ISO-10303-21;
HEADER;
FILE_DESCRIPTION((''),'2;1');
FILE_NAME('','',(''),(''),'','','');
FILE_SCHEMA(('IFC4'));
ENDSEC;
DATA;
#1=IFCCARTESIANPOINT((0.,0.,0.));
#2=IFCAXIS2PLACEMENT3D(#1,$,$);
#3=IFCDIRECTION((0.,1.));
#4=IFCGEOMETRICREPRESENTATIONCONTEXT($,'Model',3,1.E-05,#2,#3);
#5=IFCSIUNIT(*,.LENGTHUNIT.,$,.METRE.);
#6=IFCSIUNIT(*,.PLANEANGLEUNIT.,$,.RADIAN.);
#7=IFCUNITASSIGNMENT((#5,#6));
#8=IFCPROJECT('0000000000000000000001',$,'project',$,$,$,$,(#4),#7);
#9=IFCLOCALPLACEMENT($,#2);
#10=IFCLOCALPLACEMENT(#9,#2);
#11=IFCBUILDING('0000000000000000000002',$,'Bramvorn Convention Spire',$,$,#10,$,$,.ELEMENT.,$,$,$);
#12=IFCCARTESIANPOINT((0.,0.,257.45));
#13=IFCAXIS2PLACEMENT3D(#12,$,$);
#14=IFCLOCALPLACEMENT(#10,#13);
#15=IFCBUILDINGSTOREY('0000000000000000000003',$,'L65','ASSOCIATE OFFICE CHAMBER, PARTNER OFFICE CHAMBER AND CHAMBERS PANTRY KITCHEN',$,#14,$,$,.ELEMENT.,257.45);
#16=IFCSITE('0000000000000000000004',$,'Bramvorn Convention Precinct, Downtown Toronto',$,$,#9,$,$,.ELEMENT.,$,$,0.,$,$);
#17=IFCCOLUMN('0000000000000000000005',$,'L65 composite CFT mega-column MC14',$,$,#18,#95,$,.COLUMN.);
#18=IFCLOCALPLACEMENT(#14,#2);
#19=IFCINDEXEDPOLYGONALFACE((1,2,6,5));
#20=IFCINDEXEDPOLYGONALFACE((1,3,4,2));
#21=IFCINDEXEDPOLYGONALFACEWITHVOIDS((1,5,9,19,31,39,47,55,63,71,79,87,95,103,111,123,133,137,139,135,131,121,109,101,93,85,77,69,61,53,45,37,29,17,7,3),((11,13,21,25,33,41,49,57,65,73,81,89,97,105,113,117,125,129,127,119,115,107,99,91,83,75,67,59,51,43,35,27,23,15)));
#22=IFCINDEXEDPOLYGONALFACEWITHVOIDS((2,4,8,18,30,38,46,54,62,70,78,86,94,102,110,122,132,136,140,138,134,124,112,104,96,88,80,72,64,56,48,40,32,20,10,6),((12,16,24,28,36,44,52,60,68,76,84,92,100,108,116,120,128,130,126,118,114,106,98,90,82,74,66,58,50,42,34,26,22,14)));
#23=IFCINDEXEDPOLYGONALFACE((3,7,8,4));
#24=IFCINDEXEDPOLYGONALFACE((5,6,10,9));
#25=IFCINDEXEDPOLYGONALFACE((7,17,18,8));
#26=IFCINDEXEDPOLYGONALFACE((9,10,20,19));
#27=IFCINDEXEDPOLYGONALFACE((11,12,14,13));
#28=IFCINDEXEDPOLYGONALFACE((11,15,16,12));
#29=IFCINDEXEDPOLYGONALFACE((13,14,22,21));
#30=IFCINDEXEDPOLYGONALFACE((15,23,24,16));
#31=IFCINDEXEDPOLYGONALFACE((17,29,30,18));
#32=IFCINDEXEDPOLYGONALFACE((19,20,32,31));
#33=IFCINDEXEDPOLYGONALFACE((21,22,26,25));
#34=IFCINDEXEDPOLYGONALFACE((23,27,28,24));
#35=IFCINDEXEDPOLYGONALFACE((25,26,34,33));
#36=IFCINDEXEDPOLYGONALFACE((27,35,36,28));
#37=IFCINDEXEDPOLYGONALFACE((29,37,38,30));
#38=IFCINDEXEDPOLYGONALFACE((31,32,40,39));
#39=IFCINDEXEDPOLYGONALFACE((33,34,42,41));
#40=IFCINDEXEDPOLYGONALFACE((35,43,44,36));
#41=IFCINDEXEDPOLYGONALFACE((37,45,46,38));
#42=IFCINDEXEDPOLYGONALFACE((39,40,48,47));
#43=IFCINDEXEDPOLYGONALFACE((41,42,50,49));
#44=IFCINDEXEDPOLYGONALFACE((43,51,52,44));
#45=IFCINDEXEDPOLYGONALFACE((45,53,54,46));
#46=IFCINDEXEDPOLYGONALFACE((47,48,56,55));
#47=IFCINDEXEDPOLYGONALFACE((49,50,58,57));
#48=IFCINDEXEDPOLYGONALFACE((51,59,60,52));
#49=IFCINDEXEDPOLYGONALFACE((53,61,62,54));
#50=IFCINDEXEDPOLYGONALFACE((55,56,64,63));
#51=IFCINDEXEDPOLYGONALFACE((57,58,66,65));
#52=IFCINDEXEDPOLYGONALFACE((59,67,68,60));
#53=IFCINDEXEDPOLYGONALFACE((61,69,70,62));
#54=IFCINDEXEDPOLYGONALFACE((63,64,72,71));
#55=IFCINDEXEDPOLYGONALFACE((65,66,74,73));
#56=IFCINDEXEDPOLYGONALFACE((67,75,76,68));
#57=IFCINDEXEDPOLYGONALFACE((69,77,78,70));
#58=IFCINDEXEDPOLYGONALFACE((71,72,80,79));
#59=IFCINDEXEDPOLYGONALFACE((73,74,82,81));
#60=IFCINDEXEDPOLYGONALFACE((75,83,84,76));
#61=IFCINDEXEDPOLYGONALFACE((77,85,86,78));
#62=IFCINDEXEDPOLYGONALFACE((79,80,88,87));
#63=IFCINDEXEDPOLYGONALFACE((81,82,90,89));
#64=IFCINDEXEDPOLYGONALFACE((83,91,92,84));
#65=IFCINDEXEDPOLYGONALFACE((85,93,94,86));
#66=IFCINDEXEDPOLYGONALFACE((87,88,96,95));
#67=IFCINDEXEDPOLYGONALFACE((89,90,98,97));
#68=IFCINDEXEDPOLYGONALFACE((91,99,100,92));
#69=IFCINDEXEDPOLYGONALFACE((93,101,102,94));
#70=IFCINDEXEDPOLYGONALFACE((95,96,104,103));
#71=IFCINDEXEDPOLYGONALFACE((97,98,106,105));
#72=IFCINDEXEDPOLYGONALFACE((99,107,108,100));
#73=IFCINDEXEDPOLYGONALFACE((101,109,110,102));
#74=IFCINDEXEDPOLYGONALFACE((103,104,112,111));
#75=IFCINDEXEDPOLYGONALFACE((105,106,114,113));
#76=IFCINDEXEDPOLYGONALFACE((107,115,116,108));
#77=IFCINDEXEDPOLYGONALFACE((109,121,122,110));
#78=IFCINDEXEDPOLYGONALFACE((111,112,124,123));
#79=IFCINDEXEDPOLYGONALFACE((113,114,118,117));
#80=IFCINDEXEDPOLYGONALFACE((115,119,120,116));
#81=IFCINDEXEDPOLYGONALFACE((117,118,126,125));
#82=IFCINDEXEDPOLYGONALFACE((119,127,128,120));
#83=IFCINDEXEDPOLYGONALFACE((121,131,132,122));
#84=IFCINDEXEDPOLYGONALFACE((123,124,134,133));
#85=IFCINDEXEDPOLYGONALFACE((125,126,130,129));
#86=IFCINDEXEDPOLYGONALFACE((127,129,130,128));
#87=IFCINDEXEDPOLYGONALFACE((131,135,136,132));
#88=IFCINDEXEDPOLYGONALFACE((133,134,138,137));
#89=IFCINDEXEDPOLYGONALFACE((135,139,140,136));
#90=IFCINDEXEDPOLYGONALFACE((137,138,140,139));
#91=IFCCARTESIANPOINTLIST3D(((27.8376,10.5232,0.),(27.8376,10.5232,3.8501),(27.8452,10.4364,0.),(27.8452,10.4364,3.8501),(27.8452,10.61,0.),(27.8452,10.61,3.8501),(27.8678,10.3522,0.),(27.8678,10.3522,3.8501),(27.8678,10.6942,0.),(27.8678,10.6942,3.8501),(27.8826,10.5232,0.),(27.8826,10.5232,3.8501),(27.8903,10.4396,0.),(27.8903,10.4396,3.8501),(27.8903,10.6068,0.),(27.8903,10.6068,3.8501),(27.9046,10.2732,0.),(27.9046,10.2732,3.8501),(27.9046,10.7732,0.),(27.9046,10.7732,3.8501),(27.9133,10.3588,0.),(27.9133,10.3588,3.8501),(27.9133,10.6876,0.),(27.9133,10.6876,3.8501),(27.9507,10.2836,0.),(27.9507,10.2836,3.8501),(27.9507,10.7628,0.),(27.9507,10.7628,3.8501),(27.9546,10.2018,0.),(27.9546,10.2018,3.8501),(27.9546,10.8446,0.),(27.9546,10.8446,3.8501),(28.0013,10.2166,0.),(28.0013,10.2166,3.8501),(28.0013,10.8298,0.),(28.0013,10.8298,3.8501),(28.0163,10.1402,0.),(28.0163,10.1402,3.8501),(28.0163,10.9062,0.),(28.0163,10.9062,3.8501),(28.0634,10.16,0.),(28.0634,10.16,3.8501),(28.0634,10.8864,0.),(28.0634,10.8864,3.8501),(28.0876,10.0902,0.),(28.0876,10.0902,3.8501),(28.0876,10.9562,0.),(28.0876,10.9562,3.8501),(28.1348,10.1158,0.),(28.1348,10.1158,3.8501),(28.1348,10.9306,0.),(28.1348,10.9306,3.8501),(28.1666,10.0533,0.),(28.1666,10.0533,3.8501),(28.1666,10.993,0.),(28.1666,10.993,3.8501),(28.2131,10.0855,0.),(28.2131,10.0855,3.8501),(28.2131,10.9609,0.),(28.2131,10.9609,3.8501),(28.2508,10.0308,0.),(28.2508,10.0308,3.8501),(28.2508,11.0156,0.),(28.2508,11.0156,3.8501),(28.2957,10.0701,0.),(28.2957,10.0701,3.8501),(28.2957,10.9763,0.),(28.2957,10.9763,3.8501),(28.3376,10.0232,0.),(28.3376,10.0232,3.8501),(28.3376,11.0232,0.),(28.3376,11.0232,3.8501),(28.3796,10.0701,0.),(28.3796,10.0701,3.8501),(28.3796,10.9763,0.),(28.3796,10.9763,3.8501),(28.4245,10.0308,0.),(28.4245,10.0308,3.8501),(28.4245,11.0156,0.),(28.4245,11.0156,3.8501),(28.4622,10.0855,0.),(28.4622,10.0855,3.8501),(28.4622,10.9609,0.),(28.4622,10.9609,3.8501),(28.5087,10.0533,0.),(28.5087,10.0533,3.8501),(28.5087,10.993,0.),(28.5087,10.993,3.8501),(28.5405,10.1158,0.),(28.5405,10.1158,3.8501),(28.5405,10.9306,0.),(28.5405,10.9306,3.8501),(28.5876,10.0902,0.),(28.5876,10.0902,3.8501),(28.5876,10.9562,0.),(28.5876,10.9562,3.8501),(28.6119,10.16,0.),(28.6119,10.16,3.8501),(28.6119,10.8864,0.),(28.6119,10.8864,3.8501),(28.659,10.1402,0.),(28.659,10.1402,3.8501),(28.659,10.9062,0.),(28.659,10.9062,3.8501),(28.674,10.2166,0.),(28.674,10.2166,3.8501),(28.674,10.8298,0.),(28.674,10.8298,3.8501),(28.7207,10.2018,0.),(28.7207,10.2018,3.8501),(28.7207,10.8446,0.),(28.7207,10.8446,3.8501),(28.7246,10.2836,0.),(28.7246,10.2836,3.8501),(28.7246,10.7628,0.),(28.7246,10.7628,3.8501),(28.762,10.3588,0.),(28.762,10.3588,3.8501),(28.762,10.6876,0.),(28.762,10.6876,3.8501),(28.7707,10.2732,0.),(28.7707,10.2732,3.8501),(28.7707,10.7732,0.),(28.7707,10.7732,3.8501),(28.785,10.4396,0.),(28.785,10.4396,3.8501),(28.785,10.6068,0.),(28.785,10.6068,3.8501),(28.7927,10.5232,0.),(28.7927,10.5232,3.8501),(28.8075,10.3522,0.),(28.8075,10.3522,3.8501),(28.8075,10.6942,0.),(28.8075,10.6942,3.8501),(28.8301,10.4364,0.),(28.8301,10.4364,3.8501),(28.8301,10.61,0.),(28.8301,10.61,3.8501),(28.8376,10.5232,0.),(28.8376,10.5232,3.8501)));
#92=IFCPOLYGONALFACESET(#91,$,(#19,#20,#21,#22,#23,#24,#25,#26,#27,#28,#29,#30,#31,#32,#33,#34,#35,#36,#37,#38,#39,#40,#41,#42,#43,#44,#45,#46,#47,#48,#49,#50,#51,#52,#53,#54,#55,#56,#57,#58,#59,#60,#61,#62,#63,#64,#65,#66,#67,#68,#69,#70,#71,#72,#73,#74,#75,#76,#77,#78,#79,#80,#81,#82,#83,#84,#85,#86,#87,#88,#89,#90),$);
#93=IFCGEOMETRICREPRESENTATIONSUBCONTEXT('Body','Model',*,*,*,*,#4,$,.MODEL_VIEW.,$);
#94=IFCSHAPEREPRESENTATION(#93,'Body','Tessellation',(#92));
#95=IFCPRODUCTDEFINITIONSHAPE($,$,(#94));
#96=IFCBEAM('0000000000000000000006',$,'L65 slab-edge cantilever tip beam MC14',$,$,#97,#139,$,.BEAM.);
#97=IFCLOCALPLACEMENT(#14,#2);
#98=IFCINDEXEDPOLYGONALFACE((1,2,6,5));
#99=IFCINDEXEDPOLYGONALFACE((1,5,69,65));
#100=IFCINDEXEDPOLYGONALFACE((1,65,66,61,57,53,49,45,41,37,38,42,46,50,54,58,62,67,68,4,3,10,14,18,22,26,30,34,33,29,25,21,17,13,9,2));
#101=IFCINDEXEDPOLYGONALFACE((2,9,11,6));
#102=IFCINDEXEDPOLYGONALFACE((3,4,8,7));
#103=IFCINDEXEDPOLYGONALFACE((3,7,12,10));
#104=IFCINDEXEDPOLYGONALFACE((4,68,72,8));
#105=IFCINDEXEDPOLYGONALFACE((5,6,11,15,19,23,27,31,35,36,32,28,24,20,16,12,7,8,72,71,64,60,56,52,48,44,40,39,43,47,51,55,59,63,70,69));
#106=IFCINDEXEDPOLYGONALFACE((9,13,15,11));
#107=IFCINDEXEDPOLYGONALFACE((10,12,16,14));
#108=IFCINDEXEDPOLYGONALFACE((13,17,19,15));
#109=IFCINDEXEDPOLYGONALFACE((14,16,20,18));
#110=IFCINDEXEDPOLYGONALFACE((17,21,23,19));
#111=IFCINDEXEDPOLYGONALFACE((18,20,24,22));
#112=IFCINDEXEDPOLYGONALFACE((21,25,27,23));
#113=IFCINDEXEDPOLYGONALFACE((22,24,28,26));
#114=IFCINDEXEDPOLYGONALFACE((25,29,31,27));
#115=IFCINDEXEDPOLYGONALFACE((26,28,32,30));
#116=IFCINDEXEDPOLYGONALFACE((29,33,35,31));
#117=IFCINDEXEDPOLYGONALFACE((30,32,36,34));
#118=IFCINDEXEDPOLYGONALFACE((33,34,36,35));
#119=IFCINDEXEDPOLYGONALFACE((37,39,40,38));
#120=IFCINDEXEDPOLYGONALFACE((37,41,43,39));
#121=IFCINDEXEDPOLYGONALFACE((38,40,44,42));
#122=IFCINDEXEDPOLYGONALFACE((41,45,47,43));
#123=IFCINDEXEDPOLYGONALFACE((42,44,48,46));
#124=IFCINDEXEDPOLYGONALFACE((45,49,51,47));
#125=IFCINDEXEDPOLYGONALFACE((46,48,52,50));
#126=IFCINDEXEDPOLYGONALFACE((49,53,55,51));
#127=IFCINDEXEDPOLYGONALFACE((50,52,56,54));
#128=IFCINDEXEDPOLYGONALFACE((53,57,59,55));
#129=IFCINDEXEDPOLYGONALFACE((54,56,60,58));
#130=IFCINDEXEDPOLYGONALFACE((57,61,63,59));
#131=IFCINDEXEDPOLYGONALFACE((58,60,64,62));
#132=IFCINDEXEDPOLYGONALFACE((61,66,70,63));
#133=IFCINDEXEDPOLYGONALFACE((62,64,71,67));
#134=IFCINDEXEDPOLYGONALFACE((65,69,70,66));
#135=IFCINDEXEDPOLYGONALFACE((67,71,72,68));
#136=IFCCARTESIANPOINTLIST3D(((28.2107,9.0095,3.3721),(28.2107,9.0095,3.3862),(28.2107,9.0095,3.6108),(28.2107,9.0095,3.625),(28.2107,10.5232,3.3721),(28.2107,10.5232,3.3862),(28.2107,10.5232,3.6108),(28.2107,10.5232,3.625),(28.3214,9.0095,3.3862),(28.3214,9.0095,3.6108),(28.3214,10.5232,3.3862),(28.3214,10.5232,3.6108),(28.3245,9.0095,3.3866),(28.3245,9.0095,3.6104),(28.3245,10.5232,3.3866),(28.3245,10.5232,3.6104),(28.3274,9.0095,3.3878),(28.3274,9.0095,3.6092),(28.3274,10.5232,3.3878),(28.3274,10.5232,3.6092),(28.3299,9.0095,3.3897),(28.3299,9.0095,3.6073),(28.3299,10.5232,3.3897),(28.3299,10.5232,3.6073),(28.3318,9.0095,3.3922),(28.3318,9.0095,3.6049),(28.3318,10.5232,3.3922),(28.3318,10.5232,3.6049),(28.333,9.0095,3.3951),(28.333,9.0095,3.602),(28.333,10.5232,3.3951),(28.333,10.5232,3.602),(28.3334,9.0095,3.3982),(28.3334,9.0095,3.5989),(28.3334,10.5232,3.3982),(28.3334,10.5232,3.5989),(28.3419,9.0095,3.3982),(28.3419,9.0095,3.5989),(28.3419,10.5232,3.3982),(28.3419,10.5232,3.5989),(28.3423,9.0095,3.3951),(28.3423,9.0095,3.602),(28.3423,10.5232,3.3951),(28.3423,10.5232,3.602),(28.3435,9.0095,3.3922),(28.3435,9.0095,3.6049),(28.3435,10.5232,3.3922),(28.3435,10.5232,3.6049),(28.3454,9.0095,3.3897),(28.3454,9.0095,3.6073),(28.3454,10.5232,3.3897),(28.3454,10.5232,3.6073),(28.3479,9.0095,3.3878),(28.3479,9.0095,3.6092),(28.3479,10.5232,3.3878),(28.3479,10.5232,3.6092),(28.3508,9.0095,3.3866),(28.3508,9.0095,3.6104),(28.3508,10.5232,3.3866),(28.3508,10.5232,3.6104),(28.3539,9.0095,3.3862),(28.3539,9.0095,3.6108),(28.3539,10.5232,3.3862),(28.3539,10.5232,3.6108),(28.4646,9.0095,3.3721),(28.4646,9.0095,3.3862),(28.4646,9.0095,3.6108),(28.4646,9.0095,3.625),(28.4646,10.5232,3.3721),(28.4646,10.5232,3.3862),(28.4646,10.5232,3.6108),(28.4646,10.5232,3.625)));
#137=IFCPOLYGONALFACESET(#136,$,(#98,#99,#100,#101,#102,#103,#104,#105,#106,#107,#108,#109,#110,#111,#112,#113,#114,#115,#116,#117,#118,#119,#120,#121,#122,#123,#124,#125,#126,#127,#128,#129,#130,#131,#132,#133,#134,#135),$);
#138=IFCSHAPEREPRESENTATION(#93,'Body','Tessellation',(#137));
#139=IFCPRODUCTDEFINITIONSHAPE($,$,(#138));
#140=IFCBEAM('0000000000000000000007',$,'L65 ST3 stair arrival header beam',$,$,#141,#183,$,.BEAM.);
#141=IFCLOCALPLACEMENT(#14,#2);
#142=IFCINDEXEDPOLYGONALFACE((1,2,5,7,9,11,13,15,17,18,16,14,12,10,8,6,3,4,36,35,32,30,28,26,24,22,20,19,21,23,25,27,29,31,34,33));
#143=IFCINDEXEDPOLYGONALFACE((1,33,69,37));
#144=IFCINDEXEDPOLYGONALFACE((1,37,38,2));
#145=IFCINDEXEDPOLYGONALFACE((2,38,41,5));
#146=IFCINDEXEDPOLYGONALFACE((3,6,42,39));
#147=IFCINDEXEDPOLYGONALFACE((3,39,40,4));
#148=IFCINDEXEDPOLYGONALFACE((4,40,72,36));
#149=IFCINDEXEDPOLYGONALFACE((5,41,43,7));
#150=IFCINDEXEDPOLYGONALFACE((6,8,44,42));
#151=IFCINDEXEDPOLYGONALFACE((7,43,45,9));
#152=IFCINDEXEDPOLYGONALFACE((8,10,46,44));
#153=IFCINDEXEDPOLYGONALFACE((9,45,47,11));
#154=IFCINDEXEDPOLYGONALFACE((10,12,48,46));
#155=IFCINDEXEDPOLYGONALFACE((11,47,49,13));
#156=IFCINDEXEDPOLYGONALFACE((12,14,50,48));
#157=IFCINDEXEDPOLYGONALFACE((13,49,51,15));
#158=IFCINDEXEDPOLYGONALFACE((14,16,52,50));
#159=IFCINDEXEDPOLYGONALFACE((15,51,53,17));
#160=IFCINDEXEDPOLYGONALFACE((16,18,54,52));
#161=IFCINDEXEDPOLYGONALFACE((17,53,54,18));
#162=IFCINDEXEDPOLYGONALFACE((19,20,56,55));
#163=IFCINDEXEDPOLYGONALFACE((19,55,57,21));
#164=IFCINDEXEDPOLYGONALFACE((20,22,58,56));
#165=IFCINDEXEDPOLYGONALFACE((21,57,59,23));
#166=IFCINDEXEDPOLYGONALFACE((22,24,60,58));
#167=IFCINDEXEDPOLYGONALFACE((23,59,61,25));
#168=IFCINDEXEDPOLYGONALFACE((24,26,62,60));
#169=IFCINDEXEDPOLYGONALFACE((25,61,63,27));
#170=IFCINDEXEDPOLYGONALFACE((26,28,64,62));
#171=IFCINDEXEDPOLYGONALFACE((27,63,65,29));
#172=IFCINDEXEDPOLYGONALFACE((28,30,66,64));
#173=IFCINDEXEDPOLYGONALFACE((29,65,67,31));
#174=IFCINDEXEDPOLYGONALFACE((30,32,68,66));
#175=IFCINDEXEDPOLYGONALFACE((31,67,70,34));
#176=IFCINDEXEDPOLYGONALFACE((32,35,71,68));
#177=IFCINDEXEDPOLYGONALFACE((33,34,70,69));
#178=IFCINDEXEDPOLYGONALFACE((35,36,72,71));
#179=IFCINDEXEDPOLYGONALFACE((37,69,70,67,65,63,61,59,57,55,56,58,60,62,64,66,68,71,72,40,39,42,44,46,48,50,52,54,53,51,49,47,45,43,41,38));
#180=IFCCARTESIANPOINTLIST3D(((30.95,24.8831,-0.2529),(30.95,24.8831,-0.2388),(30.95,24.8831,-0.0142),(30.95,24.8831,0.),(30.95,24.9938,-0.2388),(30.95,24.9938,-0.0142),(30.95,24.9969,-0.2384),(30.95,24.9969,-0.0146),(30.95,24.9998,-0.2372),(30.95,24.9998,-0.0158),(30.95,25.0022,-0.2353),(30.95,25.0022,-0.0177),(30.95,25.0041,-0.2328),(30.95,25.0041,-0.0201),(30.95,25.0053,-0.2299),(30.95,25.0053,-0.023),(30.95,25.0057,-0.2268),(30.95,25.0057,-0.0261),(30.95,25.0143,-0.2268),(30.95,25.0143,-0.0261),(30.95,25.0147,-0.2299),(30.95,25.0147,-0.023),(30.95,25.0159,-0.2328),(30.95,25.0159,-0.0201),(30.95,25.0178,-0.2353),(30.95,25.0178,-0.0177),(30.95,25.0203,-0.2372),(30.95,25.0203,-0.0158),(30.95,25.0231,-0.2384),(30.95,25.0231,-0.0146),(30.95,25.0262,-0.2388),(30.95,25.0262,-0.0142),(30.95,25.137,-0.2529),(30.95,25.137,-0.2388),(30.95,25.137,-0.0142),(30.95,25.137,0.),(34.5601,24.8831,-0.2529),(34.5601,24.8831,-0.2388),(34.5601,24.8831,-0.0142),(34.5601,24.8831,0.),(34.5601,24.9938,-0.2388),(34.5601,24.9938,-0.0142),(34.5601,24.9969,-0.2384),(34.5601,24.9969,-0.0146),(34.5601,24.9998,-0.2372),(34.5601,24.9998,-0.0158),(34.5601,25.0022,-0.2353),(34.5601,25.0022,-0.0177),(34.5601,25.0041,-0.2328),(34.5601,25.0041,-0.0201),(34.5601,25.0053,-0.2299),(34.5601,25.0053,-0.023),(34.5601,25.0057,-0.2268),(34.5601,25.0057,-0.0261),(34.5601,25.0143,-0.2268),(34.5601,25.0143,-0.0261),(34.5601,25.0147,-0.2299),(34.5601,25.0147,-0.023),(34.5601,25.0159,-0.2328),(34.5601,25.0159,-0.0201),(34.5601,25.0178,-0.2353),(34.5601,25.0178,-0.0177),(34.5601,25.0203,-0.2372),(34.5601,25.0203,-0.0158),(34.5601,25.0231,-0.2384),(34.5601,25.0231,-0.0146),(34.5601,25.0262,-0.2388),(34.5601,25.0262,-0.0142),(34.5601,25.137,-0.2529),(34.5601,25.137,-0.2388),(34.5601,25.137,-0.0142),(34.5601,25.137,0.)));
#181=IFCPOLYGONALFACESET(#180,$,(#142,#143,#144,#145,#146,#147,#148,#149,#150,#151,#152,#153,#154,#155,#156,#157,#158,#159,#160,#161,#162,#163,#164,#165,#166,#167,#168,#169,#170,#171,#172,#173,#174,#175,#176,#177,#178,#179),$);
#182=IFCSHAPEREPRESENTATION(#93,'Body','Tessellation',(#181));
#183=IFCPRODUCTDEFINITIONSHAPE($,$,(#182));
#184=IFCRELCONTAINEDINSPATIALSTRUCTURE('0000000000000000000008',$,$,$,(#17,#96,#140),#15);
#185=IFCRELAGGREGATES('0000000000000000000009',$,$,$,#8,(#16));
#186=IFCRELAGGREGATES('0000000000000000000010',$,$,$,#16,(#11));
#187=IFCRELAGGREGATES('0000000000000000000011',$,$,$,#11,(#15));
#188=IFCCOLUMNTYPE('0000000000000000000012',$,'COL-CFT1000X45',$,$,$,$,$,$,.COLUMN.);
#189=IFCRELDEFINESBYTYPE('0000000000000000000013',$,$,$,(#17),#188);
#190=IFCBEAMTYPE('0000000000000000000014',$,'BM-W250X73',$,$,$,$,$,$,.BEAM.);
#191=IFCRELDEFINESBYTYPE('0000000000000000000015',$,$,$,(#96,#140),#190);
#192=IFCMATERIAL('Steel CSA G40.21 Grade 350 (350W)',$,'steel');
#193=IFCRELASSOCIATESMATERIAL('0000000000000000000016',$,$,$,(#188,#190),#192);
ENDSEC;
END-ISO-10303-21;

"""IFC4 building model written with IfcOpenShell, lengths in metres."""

from ifc_helpers import new_model, si_unit, direction, frame, origin, origin_2d, place, context, subcontext, project, spatial, hollow_circle, i_section, extrude, material, material_profile, profile_set, type_object, element, save


model = new_model("IFC4")

# Units and contexts
model_context = context("Model", 3, precision=1e-05, world=origin(), true_north=direction((0.0, 1.0)))
body_context = subcontext(model_context, "Body", "Model", "MODEL_VIEW")
ifc_project = project(units=[si_unit("LENGTHUNIT", "METRE"), si_unit("PLANEANGLEUNIT", "RADIAN")], contexts=[model_context])

# Site, building, storey
site_placement = place(None, origin())
site = spatial("IfcSite", under=ifc_project, at=site_placement, Name="Bramvorn Convention Precinct, Downtown Toronto", CompositionType="ELEMENT", RefElevation=0.0)
building_placement = place(site_placement, origin())
building = spatial("IfcBuilding", under=site, at=building_placement, Name="Bramvorn Convention Spire", CompositionType="ELEMENT")
storey_placement = place(building_placement, frame((0.0, 0.0, 257.45)))
storey = spatial("IfcBuildingStorey", under=building, at=storey_placement, Name="L65", Description="ASSOCIATE OFFICE CHAMBER, PARTNER OFFICE CHAMBER AND CHAMBERS PANTRY KITCHEN", CompositionType="ELEMENT", Elevation=257.45)

# Column
ifc_material_1 = material(Name="Steel CSA G40.21 Grade 350 (350W)", Category="steel")
ifc_material_profile_1 = material_profile(ifc_material_1, hollow_circle(Radius=0.5, WallThickness=0.0449, at=origin_2d()))
ifc_profile_set_1 = profile_set([ifc_material_profile_1], Name="Steel CSA G40.21 Grade 350 (350W) - CFT1000X45")
column_type = type_object("IfcColumnType", Name="COL-CFT1000X45", PredefinedType="COLUMN", material=ifc_profile_set_1)
column_placement = place(storey_placement, frame((28.3376, 10.5232, 0.0), z_axis=(0.0, 0.0, 1.0), x_axis=(1.0, 0.0, 0.0)))
element("IfcColumn", 1, at=column_placement, inside=storey, type_object=column_type, Name="L65 composite CFT mega-column MC14", PredefinedType="COLUMN", context=body_context, shape_type="SweptSolid", body=[
    extrude(hollow_circle(Radius=0.5, WallThickness=0.0449, at=origin_2d()), origin(), (0.0, 0.0, 1.0), 3.8501),
])

# Beams
ifc_material_profile_2 = material_profile(ifc_material_1, i_section(OverallWidth=0.2539, OverallDepth=0.2529, WebThickness=0.0085, FlangeThickness=0.0142, FilletRadius=0.012, at=origin_2d()))
ifc_profile_set_2 = profile_set([ifc_material_profile_2], Name="Steel CSA G40.21 Grade 350 (350W) - W250X73")
beam_type_1 = type_object("IfcBeamType", Name="BM-W250X73", PredefinedType="BEAM", material=ifc_profile_set_2)
beam_1_placement = place(storey_placement, frame((28.3376, 10.5232, 3.4985), z_axis=(0.0, -1.0, 0.0), x_axis=(1.0, 0.0, 0.0)))
element("IfcBeam", 2, at=beam_1_placement, inside=storey, type_object=beam_type_1, Name="L65 slab-edge cantilever tip beam MC14", PredefinedType="BEAM", context=body_context, shape_type="SweptSolid", body=[
    extrude(i_section(OverallWidth=0.2539, OverallDepth=0.2529, WebThickness=0.0085, FlangeThickness=0.0142, FilletRadius=0.012, at=origin_2d()), origin(), (0.0, 0.0, 1.0), 1.5137),
])
beam_2_placement = place(storey_placement, frame((30.95, 25.01, -0.1265), z_axis=(1.0, 0.0, 0.0), x_axis=(0.0, 1.0, 0.0)))
element("IfcBeam", 3, at=beam_2_placement, inside=storey, type_object=beam_type_1, Name="L65 ST3 stair arrival header beam", PredefinedType="BEAM", context=body_context, shape_type="SweptSolid", body=[
    extrude(i_section(OverallWidth=0.2539, OverallDepth=0.2529, WebThickness=0.0085, FlangeThickness=0.0142, FilletRadius=0.012, at=origin_2d()), origin(), (0.0, 0.0, 1.0), 3.6101),
])

save(model, "model.ifc")
